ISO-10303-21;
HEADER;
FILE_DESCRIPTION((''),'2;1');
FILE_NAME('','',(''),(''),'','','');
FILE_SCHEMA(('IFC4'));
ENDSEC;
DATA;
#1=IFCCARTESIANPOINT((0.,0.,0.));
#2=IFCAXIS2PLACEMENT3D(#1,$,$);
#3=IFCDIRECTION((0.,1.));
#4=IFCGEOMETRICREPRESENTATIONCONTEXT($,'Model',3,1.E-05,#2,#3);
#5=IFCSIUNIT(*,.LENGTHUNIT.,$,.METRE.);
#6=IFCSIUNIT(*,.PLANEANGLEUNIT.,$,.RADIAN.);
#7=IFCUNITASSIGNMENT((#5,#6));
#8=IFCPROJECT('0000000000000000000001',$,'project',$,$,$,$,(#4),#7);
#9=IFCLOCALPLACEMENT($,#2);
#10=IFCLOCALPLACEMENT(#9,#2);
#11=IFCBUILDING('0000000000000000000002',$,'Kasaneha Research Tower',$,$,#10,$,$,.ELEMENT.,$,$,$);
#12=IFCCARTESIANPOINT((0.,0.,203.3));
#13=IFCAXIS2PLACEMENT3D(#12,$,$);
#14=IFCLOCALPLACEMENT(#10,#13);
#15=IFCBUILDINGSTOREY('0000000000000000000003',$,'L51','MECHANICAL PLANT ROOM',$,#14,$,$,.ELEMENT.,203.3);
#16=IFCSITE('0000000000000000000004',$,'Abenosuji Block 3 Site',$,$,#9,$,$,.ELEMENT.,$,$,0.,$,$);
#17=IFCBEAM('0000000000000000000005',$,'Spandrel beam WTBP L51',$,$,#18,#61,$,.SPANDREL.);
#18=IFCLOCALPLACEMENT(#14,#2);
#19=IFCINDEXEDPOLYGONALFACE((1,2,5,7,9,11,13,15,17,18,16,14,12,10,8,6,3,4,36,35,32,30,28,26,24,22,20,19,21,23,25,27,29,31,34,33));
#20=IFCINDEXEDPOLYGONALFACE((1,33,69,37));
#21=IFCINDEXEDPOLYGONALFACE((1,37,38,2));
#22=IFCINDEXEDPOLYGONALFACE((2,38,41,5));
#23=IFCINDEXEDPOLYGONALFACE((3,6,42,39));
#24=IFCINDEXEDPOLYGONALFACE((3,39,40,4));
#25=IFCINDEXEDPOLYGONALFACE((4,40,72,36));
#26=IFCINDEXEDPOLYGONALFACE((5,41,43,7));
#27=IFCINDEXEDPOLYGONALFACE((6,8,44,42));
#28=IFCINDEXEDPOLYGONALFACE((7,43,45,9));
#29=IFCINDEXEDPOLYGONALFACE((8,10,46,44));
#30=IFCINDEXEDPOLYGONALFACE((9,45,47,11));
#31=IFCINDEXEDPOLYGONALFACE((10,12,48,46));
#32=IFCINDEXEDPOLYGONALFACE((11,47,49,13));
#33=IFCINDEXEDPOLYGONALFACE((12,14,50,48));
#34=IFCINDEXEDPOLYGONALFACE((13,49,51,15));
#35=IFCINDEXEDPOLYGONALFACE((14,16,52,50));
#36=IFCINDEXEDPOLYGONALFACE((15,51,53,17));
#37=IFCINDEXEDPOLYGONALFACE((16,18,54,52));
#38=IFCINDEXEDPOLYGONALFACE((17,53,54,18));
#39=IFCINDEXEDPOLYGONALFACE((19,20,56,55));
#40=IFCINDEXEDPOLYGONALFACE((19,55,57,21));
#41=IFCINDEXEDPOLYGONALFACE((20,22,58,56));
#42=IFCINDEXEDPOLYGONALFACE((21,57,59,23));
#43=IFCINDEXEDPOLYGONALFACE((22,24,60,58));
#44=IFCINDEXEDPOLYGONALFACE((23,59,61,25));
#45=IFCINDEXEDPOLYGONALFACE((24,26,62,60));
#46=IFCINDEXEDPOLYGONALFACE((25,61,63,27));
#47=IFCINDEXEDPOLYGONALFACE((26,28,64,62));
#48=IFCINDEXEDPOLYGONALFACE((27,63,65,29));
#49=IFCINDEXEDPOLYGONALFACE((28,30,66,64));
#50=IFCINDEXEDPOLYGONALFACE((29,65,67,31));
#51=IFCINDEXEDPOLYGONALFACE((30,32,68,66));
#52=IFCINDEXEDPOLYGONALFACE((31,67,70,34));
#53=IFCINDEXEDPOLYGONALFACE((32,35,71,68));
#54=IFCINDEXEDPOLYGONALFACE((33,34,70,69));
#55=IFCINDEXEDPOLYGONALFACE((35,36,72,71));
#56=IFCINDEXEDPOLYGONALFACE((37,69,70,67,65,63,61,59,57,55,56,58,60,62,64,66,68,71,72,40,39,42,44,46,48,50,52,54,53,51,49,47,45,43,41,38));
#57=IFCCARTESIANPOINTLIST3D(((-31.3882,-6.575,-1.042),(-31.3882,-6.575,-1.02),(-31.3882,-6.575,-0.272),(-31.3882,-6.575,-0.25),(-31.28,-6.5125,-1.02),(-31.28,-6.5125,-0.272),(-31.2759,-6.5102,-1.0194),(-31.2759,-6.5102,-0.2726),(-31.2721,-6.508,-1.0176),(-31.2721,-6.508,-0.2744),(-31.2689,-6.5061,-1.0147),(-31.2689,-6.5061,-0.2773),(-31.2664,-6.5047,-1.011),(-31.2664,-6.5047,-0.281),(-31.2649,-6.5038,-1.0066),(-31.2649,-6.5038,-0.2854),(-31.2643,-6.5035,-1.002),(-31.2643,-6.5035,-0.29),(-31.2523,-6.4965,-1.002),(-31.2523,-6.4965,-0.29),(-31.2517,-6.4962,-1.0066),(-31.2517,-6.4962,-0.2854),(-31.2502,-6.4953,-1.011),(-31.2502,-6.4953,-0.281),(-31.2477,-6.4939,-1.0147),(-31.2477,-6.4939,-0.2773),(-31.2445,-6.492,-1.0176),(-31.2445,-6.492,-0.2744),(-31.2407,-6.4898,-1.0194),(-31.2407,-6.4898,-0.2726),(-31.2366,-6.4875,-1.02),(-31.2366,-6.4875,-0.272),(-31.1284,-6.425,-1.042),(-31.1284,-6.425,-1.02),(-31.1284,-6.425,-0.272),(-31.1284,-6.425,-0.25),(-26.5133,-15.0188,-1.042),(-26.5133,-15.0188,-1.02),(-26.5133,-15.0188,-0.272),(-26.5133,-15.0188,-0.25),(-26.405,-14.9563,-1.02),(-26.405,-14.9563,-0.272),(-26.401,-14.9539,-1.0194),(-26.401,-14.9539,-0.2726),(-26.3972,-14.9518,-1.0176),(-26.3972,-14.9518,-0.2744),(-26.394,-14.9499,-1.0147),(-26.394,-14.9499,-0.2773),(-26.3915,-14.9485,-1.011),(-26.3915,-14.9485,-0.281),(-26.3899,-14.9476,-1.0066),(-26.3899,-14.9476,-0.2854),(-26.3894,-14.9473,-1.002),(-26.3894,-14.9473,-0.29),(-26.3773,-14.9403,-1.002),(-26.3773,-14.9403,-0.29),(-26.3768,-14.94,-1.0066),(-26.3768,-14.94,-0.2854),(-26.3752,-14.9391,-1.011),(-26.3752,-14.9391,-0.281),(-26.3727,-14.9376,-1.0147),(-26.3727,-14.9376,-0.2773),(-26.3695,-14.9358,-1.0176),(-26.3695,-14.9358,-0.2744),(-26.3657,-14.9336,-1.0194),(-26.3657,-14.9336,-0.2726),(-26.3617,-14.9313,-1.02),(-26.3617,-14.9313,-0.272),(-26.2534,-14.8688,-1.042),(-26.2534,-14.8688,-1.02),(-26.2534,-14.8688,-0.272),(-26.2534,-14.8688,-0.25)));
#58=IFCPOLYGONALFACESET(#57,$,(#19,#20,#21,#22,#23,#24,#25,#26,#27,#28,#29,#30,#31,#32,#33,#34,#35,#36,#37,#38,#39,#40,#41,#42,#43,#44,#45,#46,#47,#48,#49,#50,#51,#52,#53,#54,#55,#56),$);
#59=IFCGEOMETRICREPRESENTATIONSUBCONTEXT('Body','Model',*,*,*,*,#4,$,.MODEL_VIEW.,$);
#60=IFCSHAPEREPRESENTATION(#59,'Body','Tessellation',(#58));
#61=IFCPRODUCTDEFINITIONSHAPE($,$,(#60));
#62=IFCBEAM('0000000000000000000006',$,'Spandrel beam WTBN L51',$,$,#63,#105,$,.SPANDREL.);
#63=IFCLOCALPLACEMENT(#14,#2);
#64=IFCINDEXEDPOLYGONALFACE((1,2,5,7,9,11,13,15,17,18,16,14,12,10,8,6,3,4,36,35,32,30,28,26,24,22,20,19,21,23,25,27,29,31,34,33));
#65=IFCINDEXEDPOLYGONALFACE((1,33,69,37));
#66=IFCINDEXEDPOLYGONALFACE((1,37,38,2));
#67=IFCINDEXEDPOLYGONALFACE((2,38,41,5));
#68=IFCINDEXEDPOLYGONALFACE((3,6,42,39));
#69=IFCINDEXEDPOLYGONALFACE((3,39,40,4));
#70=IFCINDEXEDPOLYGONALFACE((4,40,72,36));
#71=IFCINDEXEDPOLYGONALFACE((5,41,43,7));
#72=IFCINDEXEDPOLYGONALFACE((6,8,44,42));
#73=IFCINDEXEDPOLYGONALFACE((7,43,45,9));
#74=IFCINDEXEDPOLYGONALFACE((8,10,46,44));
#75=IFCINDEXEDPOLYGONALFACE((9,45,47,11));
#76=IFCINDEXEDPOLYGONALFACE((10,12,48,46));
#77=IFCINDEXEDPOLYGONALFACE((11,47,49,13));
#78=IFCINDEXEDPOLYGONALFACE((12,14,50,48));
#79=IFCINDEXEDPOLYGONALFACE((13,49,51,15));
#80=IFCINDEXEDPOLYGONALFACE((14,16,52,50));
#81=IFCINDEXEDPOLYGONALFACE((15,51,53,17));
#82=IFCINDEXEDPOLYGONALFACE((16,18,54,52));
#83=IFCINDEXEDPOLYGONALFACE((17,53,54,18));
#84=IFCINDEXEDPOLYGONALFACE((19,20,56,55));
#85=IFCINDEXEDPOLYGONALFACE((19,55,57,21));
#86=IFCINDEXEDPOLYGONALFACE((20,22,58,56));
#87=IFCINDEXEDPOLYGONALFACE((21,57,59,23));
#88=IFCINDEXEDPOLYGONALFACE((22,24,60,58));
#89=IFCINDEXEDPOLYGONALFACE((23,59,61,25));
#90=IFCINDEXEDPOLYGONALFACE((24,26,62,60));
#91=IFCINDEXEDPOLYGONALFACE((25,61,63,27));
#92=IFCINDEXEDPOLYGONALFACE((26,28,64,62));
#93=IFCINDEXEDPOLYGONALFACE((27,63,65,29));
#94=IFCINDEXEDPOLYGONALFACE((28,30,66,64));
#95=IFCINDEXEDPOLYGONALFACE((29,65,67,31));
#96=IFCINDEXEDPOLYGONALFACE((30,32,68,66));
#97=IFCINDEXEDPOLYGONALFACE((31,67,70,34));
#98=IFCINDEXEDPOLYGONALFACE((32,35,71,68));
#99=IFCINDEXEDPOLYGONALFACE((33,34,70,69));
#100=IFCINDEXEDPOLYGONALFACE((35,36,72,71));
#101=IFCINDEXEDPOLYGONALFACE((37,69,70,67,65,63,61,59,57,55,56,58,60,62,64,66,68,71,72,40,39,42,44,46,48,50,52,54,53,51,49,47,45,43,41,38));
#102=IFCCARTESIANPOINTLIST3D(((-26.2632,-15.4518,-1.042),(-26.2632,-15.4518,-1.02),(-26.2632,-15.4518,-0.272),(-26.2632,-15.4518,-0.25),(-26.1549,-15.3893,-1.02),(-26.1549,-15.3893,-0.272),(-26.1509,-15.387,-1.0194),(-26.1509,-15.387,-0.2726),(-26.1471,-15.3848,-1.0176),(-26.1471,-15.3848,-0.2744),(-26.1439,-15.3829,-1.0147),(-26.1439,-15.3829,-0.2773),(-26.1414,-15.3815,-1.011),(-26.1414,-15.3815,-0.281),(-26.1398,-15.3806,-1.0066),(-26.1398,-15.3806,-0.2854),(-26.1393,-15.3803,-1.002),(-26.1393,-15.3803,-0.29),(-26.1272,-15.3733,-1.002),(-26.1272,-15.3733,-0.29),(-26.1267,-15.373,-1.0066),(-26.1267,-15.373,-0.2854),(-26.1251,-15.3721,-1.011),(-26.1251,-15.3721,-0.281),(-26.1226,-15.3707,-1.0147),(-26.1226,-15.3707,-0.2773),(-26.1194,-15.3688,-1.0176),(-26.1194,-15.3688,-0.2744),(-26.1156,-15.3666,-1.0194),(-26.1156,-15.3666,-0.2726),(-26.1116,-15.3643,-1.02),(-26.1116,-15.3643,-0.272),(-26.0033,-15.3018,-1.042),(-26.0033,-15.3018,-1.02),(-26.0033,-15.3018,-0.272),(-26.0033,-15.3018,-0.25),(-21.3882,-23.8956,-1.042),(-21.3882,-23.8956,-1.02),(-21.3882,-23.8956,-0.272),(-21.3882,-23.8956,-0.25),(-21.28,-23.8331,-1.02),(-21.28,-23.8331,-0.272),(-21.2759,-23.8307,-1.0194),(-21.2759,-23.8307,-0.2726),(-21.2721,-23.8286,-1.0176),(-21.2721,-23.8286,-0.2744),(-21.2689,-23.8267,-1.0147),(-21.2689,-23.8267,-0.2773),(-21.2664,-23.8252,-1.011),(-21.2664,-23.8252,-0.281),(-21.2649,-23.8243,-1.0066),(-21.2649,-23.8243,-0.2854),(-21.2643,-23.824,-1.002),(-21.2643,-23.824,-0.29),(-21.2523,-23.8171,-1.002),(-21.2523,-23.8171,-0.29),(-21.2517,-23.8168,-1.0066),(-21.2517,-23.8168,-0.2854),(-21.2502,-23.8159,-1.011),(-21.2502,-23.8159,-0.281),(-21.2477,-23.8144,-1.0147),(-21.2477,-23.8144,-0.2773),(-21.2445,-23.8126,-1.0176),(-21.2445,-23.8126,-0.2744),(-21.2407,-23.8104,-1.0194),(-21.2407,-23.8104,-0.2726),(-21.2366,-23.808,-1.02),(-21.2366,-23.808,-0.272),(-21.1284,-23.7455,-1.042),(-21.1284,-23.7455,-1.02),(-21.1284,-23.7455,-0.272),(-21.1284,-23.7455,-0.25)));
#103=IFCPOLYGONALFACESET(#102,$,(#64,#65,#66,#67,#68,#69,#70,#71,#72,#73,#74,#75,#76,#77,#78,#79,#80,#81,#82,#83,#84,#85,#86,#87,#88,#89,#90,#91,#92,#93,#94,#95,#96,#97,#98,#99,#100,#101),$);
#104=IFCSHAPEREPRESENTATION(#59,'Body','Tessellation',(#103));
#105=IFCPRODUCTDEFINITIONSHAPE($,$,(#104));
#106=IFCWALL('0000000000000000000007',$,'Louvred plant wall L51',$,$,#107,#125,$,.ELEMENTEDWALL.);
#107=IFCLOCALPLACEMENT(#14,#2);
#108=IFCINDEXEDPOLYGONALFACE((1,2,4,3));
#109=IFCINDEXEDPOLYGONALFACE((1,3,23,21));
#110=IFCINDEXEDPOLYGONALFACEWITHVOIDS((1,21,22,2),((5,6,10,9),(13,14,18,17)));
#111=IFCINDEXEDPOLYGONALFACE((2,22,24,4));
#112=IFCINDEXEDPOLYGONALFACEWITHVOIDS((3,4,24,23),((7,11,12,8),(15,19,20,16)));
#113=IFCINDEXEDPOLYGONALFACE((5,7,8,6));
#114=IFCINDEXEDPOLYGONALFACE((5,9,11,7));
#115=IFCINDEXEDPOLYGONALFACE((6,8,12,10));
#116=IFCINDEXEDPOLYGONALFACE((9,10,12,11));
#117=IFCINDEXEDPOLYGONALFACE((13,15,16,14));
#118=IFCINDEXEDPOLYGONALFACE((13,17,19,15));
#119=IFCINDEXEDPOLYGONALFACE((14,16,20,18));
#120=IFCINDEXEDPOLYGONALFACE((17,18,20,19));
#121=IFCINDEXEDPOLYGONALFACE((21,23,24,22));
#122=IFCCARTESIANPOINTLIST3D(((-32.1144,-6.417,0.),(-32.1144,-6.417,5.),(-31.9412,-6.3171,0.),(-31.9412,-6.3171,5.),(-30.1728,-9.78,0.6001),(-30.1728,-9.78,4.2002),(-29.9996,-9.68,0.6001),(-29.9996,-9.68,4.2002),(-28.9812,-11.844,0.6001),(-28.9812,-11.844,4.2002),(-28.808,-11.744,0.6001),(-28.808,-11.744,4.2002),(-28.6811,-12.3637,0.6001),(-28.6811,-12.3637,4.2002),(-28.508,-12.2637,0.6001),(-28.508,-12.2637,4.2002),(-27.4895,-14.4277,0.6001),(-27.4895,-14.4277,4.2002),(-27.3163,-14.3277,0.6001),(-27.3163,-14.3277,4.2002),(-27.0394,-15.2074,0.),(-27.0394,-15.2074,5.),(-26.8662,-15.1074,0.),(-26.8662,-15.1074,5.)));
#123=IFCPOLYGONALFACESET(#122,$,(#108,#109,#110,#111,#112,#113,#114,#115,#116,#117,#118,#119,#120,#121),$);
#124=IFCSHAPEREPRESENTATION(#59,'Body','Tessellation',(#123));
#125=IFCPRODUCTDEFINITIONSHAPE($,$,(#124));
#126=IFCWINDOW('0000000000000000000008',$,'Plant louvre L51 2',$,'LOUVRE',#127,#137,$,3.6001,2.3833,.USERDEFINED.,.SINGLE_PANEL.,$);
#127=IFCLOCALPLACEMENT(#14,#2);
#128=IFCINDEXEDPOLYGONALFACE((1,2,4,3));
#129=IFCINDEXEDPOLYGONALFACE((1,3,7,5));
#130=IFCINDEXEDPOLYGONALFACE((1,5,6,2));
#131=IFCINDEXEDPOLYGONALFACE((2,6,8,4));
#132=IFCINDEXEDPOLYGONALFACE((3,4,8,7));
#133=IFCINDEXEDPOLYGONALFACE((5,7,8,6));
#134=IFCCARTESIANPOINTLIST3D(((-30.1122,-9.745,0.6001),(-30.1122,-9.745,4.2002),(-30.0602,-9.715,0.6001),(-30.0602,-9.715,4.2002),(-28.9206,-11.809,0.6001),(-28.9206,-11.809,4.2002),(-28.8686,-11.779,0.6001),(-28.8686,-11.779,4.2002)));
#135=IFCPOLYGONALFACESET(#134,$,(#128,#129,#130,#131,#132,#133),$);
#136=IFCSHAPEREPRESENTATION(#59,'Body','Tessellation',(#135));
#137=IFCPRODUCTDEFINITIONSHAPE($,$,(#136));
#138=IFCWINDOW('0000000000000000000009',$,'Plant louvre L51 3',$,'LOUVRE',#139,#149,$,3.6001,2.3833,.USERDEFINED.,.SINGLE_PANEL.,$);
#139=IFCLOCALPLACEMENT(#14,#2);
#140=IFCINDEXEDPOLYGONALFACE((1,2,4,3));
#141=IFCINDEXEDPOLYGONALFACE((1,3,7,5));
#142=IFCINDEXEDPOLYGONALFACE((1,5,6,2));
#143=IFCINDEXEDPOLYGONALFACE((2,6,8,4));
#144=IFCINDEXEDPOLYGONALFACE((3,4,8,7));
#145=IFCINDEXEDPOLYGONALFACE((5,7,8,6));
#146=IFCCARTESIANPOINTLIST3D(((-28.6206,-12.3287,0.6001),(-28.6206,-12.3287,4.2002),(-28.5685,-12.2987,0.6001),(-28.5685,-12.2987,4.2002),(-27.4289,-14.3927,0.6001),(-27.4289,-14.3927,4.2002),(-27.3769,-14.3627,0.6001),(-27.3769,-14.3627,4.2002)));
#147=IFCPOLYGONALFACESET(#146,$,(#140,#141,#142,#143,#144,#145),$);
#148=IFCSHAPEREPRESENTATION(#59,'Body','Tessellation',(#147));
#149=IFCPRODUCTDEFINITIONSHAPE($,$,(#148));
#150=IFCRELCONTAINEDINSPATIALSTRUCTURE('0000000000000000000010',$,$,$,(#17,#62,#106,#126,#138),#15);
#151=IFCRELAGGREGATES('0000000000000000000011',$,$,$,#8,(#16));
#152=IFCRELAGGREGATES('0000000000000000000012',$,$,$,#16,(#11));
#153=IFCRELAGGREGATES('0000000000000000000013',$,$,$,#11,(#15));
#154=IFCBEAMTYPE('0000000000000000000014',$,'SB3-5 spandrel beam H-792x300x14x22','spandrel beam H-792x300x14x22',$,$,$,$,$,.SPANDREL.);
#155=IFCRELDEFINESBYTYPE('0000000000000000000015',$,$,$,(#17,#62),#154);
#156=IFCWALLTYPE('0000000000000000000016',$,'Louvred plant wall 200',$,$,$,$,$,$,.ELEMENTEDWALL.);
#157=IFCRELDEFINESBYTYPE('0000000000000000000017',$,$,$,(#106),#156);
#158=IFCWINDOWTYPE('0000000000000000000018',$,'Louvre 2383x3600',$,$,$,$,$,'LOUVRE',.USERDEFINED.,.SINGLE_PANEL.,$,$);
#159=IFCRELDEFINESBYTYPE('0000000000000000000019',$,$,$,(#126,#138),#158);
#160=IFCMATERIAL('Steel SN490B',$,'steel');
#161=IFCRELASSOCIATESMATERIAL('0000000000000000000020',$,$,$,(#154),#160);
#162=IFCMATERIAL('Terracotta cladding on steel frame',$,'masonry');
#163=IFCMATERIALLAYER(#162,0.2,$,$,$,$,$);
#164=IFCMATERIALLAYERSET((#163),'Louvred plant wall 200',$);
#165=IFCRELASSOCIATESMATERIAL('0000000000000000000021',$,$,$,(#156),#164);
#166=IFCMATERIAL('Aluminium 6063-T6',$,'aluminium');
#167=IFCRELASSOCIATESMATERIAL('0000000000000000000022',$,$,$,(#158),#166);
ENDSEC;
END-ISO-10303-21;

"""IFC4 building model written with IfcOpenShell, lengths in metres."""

from ifc_helpers import new_model, si_unit, direction, frame, frame_2d, origin, origin_2d, place, context, subcontext, project, spatial, rectangle, i_section, extrude, material, layer, layer_set, material_profile, profile_set, type_object, element, fill, save


model = new_model("IFC4")

# Units and contexts
model_context = context("Model", 3, precision=1e-05, world=origin(), true_north=direction((0.0, 1.0)))
body_context = subcontext(model_context, "Body", "Model", "MODEL_VIEW")
ifc_project = project(units=[si_unit("LENGTHUNIT", "METRE"), si_unit("PLANEANGLEUNIT", "RADIAN")], contexts=[model_context])

# Site, building, storey
site_placement = place(None, origin())
site = spatial("IfcSite", under=ifc_project, at=site_placement, Name="Abenosuji Block 3 Site", CompositionType="ELEMENT", RefElevation=0.0)
building_placement = place(site_placement, origin())
building = spatial("IfcBuilding", under=site, at=building_placement, Name="Kasaneha Research Tower", CompositionType="ELEMENT")
storey_placement = place(building_placement, frame((0.0, 0.0, 203.3)))
storey = spatial("IfcBuildingStorey", under=building, at=storey_placement, Name="L51", Description="MECHANICAL PLANT ROOM", CompositionType="ELEMENT", Elevation=203.3)

# Beams
ifc_material_1 = material(Name="Steel SN490B", Category="steel")
ifc_material_profile_1 = material_profile(ifc_material_1, i_section(OverallWidth=0.3, OverallDepth=0.792, WebThickness=0.0139, FlangeThickness=0.022, FilletRadius=0.0181, at=origin_2d()), Name="H-792x300x14x22")
ifc_profile_set_1 = profile_set([ifc_material_profile_1], Name="Steel SN490B")
beam_type_1 = type_object("IfcBeamType", Name="SB3-5 spandrel beam H-792x300x14x22", Description="spandrel beam H-792x300x14x22", PredefinedType="SPANDREL", material=ifc_profile_set_1)
for number, where, z_axis, x_axis, name in (
    (1, (-31.2583, -6.5, -0.646), (0.499996, -0.866028, 0.0), (0.866028, 0.499996, 0.0), "Spandrel beam WTBP L51"),
    (2, (-21.2583, -23.8206, -0.646), (-0.499996, 0.866028, 0.0), (-0.866028, -0.499996, 0.0), "Spandrel beam WTBN L51"),
):
    element("IfcBeam", number, at=place(storey_placement, frame(where, z_axis=z_axis, x_axis=x_axis)), inside=storey, type_object=beam_type_1, Name=name, PredefinedType="SPANDREL", context=body_context, shape_type="SweptSolid", body=[
        extrude(i_section(OverallWidth=0.3, OverallDepth=0.792, WebThickness=0.0139, FlangeThickness=0.022, FilletRadius=0.0181, at=origin_2d()), origin(), (0.0, 0.0, 1.0), 9.75),
    ])

# Wall, openings, windows
ifc_material_2 = material(Name="Terracotta cladding on steel frame", Category="masonry")
ifc_layer_1 = layer(ifc_material_2, 0.2)
ifc_layer_set_1 = layer_set([ifc_layer_1], Name="Louvred plant wall 200")
wall_type_1 = type_object("IfcWallType", Name="Louvred plant wall 200", PredefinedType="ELEMENTEDWALL", material=ifc_layer_set_1)
wall_1_placement = place(storey_placement, frame((-32.0278, -6.3669, 0.0), z_axis=(0.0, 0.0, 1.0), x_axis=(0.499991, -0.866031, 0.0)))
wall_1 = element("IfcWall", 3, at=wall_1_placement, inside=storey, type_object=wall_type_1, Name="Louvred plant wall L51", PredefinedType="ELEMENTEDWALL", context=body_context, shape_type="SweptSolid", body=[
    extrude(rectangle(XDim=10.1501, YDim=0.2, at=frame_2d((5.0752, 0.0))), origin(), (0.0, 0.0, 1.0), 5.0),
])
opening_1_placement = place(wall_1_placement, frame((3.8833, 0.0, 0.6001)))
opening_1 = element("IfcOpeningElement", 4, at=opening_1_placement, cuts=wall_1, PredefinedType="OPENING", context=body_context, shape_type="SweptSolid", body=[
    extrude(rectangle(XDim=2.3833, YDim=3.6001, at=frame_2d((1.1917, 1.8))), frame((0.0, 0.1099, 0.0), z_axis=(0.0, -1.0, 0.0), x_axis=(1.0, 0.0, 0.0)), (0.0, 0.0, 1.0), 0.22),
])
opening_2_placement = place(wall_1_placement, frame((6.8667, 0.0, 0.6001)))
opening_2 = element("IfcOpeningElement", 5, at=opening_2_placement, cuts=wall_1, PredefinedType="OPENING", context=body_context, shape_type="SweptSolid", body=[
    extrude(rectangle(XDim=2.3833, YDim=3.6001, at=frame_2d((1.1917, 1.8))), frame((0.0, 0.1099, 0.0), z_axis=(0.0, -1.0, 0.0), x_axis=(1.0, 0.0, 0.0)), (0.0, 0.0, 1.0), 0.22),
])
ifc_material_3 = material(Name="Aluminium 6063-T6", Category="aluminium")
window_type = type_object("IfcWindowType", Name="Louvre 2383x3600", ElementType="LOUVRE", PartitioningType="SINGLE_PANEL", PredefinedType="USERDEFINED", material=ifc_material_3)
window_1_placement = place(opening_1_placement, origin())
window_1 = element("IfcWindow", 6, at=window_1_placement, inside=storey, type_object=window_type, Name="Plant louvre L51 2", ObjectType="LOUVRE", OverallHeight=3.6001, OverallWidth=2.3833, PartitioningType="SINGLE_PANEL", PredefinedType="USERDEFINED", context=body_context, shape_type="SweptSolid", body=[
    extrude(rectangle(XDim=2.3833, YDim=3.6001, at=frame_2d((1.1917, 1.8))), frame((0.0, 0.03, 0.0), z_axis=(0.0, -1.0, 0.0), x_axis=(1.0, 0.0, 0.0)), (0.0, 0.0, 1.0), 0.0601),
])
fill(opening_1, window_1)
window_2_placement = place(opening_2_placement, origin())
window_2 = element("IfcWindow", 7, at=window_2_placement, inside=storey, type_object=window_type, Name="Plant louvre L51 3", ObjectType="LOUVRE", OverallHeight=3.6001, OverallWidth=2.3833, PartitioningType="SINGLE_PANEL", PredefinedType="USERDEFINED", context=body_context, shape_type="SweptSolid", body=[
    extrude(rectangle(XDim=2.3833, YDim=3.6001, at=frame_2d((1.1917, 1.8))), frame((0.0, 0.03, 0.0), z_axis=(0.0, -1.0, 0.0), x_axis=(1.0, 0.0, 0.0)), (0.0, 0.0, 1.0), 0.0601),
])
fill(opening_2, window_2)

save(model, "model.ifc")
